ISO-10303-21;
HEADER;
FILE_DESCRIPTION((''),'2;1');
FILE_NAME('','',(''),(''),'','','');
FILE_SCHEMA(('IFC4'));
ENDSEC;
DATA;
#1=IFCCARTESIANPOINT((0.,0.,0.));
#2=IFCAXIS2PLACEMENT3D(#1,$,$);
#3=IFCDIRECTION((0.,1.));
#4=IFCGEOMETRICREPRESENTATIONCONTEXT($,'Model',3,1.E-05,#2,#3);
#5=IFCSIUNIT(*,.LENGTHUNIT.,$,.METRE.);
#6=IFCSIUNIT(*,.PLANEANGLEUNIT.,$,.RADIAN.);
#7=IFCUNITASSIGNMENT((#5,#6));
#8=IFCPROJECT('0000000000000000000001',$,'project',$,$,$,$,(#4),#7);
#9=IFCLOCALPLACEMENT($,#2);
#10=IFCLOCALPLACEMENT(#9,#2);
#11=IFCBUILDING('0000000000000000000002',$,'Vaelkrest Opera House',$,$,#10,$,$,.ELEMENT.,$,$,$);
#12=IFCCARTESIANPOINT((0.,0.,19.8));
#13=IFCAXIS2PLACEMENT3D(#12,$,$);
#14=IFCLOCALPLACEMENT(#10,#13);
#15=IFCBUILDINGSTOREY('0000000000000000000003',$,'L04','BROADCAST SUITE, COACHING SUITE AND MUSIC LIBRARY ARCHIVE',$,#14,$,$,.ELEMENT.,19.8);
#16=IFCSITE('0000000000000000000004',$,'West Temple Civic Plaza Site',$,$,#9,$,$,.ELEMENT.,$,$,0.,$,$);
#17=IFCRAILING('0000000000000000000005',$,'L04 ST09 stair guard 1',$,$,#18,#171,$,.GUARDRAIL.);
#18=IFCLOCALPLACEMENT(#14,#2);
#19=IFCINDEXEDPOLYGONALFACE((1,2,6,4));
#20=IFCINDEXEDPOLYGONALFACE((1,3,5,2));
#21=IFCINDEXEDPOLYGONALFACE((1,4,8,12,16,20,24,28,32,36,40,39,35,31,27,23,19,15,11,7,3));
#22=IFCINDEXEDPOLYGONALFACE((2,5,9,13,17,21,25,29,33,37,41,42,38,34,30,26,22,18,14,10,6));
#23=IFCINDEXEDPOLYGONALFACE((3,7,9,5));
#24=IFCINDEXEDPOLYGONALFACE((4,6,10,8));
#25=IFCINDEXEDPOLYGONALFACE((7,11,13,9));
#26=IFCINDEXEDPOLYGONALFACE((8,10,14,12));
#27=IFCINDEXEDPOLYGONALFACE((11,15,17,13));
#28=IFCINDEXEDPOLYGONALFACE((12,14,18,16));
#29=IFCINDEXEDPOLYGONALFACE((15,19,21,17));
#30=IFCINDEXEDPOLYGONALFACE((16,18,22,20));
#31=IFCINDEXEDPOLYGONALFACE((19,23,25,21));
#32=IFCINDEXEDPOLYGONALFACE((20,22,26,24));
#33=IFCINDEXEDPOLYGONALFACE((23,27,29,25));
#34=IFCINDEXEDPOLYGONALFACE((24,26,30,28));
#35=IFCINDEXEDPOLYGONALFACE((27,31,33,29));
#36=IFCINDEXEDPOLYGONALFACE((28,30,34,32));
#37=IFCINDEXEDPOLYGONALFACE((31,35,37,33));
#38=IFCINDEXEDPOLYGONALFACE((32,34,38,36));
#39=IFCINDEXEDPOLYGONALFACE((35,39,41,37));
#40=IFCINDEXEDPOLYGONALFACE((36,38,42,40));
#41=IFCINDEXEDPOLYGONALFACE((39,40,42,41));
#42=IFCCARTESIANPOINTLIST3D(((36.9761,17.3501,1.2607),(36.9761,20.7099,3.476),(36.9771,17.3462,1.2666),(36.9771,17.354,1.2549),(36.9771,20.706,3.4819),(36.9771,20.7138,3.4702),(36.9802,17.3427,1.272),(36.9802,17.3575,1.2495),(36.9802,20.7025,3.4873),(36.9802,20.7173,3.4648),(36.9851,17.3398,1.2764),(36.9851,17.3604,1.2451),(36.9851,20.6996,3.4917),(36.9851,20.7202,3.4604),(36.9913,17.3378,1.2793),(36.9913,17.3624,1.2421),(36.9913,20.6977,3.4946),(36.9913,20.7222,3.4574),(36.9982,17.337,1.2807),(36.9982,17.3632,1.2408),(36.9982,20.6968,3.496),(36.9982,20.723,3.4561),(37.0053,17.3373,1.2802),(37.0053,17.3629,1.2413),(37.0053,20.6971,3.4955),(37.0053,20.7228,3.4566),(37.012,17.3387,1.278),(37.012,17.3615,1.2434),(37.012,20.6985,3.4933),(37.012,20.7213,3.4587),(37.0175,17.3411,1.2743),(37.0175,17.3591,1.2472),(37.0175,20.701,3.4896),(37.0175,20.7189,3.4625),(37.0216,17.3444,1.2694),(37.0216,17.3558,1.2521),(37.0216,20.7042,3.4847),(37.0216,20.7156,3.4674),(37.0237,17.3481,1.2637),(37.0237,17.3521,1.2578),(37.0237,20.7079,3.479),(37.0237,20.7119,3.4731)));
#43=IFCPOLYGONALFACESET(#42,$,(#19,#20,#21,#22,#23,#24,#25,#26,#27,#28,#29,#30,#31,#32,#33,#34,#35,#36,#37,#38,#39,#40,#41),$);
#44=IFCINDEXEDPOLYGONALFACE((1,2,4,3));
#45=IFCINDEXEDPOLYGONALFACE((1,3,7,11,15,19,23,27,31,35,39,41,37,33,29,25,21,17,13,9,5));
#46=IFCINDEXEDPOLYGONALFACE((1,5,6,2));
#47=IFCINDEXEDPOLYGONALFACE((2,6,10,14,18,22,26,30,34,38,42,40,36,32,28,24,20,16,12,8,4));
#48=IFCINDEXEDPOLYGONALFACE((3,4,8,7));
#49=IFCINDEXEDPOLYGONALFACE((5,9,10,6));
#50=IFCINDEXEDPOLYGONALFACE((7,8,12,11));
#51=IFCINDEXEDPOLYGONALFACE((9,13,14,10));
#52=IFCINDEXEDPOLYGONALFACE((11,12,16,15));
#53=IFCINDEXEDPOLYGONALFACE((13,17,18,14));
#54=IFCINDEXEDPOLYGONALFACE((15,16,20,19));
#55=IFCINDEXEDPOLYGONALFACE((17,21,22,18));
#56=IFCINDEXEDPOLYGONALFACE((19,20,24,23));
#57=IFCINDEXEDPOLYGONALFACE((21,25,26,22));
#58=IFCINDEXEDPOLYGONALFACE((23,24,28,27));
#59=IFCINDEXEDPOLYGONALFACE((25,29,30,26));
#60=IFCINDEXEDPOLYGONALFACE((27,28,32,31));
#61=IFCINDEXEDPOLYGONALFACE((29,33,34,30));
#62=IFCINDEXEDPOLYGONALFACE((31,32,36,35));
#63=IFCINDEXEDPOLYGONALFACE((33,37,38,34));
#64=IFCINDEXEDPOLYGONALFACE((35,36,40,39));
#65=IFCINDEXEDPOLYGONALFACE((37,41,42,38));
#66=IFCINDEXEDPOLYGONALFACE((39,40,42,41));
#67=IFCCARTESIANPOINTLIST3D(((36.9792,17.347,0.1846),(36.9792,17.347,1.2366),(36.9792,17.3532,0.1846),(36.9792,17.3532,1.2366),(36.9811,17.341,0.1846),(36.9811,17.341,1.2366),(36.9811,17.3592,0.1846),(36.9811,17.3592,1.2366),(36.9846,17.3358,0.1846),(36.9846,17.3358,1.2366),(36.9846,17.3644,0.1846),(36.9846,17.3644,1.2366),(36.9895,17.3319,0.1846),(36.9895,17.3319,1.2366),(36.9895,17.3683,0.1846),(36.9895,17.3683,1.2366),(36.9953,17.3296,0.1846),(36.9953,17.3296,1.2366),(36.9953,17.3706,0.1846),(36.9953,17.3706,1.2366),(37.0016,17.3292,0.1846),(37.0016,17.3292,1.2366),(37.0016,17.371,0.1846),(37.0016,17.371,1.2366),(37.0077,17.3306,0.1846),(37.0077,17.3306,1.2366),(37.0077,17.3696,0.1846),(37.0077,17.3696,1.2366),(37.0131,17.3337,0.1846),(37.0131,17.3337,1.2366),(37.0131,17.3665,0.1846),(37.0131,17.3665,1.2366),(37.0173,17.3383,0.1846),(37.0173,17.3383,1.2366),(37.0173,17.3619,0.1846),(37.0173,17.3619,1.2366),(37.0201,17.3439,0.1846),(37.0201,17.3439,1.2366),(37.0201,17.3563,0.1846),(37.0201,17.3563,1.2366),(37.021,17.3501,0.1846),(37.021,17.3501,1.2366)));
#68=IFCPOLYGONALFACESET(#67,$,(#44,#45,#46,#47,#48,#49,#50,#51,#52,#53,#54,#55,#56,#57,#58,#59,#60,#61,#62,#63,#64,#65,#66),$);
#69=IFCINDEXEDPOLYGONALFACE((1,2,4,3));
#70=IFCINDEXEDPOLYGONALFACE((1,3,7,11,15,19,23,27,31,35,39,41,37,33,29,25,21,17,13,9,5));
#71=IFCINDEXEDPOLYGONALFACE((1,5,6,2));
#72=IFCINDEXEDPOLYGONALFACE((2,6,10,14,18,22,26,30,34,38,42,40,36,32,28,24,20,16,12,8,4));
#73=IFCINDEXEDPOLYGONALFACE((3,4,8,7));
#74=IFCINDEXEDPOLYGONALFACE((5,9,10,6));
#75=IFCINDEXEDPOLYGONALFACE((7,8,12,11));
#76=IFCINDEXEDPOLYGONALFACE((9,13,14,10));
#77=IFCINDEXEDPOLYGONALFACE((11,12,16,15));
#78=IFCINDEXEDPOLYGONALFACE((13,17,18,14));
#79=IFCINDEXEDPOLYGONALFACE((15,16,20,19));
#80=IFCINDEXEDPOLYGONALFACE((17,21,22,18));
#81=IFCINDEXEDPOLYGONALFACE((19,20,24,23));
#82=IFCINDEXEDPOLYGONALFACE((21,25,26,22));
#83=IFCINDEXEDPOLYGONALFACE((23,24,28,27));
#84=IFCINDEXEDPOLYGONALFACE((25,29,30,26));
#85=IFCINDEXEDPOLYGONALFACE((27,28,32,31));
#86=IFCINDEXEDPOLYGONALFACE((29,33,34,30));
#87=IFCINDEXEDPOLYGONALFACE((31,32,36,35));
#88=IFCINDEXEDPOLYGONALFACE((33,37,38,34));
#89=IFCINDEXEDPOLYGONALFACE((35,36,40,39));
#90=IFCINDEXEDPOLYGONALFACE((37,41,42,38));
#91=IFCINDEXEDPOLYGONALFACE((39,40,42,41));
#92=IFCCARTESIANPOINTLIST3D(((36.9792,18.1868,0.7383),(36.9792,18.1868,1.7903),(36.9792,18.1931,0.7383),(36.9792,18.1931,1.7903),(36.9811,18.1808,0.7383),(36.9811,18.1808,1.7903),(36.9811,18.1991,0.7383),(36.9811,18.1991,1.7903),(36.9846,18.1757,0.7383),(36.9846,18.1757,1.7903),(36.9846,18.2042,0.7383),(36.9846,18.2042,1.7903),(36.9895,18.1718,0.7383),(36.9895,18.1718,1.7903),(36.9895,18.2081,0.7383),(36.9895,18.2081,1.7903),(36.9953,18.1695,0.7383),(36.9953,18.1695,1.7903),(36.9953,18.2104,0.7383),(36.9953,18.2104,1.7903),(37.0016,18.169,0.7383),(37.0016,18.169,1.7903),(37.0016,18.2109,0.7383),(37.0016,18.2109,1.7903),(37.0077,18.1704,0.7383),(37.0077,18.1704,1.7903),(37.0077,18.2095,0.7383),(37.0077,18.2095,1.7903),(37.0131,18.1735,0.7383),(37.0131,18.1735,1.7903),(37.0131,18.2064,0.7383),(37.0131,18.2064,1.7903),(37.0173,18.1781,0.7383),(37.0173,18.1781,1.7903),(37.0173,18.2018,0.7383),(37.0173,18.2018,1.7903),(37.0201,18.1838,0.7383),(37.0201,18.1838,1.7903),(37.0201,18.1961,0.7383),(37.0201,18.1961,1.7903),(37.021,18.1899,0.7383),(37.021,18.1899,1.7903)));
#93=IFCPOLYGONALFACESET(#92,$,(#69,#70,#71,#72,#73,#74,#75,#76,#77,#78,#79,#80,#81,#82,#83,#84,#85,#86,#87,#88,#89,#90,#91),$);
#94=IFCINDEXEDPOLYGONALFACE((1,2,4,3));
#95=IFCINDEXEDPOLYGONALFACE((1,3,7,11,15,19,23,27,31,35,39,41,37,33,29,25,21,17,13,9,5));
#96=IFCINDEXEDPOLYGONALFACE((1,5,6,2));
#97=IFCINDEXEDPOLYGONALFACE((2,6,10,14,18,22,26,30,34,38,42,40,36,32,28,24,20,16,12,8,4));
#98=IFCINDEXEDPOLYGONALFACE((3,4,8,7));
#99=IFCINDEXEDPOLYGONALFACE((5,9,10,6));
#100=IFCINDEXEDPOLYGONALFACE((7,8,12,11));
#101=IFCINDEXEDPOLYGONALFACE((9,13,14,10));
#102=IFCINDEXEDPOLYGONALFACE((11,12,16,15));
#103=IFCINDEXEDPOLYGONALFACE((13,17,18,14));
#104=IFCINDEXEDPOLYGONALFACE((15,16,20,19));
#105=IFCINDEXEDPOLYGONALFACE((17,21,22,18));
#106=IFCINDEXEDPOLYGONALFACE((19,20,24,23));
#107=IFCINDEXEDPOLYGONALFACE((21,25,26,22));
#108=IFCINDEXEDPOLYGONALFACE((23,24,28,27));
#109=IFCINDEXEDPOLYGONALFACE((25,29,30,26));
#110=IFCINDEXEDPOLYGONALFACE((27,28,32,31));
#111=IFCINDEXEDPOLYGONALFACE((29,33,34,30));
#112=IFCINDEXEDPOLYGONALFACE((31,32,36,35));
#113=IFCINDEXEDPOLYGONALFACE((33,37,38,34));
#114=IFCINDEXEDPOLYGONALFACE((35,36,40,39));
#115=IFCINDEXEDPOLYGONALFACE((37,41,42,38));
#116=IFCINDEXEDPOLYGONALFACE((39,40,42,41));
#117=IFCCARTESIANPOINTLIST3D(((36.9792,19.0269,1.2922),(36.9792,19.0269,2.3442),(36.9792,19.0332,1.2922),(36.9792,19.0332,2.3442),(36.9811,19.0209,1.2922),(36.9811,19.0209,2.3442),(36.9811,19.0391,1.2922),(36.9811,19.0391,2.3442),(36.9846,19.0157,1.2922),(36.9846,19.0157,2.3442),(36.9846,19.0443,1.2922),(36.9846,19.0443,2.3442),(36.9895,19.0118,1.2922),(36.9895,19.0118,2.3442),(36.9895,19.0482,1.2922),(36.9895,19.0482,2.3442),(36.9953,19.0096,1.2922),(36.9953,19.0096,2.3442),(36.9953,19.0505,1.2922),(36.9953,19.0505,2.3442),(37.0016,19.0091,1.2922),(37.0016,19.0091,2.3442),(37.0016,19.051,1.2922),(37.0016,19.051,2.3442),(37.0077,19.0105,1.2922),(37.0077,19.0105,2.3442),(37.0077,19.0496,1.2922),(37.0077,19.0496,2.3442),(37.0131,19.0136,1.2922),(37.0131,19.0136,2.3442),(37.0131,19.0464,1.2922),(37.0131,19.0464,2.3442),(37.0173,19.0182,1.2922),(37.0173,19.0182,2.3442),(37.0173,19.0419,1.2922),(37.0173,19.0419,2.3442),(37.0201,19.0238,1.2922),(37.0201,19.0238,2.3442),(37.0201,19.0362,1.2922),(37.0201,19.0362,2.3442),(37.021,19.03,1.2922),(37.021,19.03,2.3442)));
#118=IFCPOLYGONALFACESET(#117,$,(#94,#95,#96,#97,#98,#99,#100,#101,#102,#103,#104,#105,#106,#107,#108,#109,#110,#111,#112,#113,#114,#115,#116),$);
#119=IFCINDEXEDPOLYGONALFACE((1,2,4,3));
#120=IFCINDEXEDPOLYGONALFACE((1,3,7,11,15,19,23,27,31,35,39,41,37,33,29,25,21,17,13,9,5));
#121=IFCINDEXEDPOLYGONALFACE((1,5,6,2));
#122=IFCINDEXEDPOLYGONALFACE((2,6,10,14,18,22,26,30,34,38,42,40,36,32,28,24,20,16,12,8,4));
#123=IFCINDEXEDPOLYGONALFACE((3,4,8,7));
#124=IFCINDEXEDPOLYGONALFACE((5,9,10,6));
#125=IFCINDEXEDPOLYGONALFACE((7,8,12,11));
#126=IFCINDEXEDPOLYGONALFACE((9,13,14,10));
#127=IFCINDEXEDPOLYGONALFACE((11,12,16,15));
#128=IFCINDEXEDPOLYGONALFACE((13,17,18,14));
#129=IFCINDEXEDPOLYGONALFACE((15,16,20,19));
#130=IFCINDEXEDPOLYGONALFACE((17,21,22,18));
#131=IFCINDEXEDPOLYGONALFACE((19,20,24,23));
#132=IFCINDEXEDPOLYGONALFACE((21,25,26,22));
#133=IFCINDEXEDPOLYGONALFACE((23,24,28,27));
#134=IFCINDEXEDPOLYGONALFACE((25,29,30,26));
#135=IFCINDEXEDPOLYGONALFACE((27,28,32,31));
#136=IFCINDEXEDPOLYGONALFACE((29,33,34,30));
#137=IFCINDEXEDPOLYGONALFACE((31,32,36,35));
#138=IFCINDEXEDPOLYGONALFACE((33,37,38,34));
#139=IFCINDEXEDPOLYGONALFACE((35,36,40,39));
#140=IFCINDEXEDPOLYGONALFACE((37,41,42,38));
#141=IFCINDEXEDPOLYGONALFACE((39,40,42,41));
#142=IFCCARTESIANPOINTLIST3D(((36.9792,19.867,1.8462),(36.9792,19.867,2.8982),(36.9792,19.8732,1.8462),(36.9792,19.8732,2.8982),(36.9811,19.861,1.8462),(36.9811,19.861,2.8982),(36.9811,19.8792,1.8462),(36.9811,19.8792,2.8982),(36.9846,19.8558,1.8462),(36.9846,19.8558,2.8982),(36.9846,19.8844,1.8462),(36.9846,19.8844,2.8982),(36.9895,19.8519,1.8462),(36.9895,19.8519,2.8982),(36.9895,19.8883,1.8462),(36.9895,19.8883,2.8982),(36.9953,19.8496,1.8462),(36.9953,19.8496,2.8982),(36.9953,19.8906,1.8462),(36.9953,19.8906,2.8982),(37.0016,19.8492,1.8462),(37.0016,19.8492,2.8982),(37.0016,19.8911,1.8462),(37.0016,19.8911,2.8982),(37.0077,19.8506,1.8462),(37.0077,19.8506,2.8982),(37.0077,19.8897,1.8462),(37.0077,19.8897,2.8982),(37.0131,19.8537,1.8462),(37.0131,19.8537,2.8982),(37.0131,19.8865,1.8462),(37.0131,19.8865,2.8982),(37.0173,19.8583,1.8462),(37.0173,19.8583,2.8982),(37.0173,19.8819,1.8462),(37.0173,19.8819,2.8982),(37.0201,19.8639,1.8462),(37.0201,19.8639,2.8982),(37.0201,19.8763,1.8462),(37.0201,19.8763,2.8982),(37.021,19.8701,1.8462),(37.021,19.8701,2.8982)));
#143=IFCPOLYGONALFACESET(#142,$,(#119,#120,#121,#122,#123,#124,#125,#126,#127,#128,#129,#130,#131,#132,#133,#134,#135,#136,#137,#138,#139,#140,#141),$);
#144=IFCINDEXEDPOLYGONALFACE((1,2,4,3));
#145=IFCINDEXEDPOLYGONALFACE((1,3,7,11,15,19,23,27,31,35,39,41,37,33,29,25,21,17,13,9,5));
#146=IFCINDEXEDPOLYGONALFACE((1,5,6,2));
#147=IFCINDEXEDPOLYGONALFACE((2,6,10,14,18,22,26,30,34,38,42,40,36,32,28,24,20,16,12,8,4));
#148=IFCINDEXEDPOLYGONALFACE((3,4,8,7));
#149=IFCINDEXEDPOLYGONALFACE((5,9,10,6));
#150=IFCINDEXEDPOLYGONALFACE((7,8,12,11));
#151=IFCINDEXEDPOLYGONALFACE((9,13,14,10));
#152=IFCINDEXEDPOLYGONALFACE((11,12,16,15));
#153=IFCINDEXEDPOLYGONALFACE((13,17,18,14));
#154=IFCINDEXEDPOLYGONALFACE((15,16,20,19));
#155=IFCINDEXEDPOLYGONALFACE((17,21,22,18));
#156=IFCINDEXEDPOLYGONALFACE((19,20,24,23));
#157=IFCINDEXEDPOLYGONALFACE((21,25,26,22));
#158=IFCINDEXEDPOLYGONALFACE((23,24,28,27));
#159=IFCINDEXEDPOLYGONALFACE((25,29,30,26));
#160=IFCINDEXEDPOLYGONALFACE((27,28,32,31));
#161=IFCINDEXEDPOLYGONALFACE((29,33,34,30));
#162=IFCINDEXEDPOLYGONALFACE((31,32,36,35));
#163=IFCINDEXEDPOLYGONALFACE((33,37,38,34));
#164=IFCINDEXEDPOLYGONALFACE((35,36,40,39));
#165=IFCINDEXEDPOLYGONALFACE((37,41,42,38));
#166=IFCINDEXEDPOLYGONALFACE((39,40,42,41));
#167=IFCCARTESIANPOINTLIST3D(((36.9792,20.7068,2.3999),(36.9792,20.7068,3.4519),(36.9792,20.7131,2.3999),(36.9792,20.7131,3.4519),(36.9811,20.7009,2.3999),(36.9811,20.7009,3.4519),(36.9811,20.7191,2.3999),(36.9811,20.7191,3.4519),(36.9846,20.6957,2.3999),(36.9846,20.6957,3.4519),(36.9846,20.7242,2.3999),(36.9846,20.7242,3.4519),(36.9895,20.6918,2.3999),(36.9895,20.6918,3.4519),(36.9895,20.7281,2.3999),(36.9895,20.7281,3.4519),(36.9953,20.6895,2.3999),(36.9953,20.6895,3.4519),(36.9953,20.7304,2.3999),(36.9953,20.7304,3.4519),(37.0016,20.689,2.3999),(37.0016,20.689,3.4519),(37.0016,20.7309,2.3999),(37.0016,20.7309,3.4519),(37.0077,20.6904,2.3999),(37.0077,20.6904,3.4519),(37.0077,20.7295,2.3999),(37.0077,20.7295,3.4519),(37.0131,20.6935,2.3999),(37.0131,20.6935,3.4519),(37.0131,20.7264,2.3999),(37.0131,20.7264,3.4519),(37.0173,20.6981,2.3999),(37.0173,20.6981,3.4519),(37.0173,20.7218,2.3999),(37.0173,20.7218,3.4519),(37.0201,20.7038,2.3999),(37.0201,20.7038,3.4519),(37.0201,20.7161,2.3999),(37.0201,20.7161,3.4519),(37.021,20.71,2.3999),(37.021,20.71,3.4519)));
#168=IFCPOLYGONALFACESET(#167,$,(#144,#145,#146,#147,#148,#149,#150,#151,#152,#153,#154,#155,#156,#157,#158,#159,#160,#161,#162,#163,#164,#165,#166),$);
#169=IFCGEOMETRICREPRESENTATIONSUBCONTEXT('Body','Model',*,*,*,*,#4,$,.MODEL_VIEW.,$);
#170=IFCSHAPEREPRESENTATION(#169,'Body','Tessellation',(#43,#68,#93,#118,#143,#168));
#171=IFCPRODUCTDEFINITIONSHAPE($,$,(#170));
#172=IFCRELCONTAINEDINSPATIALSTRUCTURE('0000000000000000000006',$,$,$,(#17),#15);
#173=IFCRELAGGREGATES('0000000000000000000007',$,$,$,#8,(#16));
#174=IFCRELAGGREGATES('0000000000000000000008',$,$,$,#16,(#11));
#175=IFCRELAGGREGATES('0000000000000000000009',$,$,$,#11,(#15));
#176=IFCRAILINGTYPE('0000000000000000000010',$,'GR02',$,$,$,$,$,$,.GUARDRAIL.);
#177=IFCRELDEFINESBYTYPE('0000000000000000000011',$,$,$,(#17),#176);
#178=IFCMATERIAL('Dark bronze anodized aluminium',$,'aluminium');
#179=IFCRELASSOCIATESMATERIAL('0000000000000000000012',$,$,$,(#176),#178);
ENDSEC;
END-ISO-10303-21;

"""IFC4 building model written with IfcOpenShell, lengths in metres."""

from ifc_helpers import new_model, si_unit, direction, frame, origin, origin_2d, place, context, subcontext, project, spatial, circle, extrude, material, type_object, element, save


model = new_model("IFC4")

# Units and contexts
model_context = context("Model", 3, precision=1e-05, world=origin(), true_north=direction((0.0, 1.0)))
body_context = subcontext(model_context, "Body", "Model", "MODEL_VIEW")
ifc_project = project(units=[si_unit("LENGTHUNIT", "METRE"), si_unit("PLANEANGLEUNIT", "RADIAN")], contexts=[model_context])

# Site, building, storey
site_placement = place(None, origin())
site = spatial("IfcSite", under=ifc_project, at=site_placement, Name="West Temple Civic Plaza Site", CompositionType="ELEMENT", RefElevation=0.0)
building_placement = place(site_placement, origin())
building = spatial("IfcBuilding", under=site, at=building_placement, Name="Vaelkrest Opera House", CompositionType="ELEMENT")
storey_placement = place(building_placement, frame((0.0, 0.0, 19.8)))
storey = spatial("IfcBuildingStorey", under=building, at=storey_placement, Name="L04", Description="BROADCAST SUITE, COACHING SUITE AND MUSIC LIBRARY ARCHIVE", CompositionType="ELEMENT", Elevation=19.8)

# Railing
ifc_material_1 = material(Name="Dark bronze anodized aluminium", Category="aluminium")
railing_type_1 = type_object("IfcRailingType", Name="GR02", PredefinedType="GUARDRAIL", material=ifc_material_1)
railing_1_placement = place(storey_placement, frame((37.0, 17.3501, 0.1846)))
element("IfcRailing", 1, at=railing_1_placement, inside=storey, type_object=railing_type_1, Name="L04 ST09 stair guard 1", PredefinedType="GUARDRAIL", context=body_context, shape_type="SweptSolid", body=[
    extrude(circle(Radius=0.0239, at=origin_2d()), frame((0.0, 0.0, 1.0762), z_axis=(0.0, 0.834858, 0.550465), x_axis=(-1.0, 0.0, 0.0)), (0.0, 0.0, 1.0), 4.0244),
    extrude(circle(Radius=0.021, at=origin_2d()), origin(), (0.0, 0.0, 1.0), 1.052),
    extrude(circle(Radius=0.021, at=origin_2d()), frame((0.0, 0.8398, 0.5537)), (0.0, 0.0, 1.0), 1.052),
    extrude(circle(Radius=0.021, at=origin_2d()), frame((0.0, 1.6799, 1.1077)), (0.0, 0.0, 1.0), 1.052),
    extrude(circle(Radius=0.021, at=origin_2d()), frame((0.0, 2.52, 1.6616)), (0.0, 0.0, 1.0), 1.052),
    extrude(circle(Radius=0.021, at=origin_2d()), frame((0.0, 3.3599, 2.2153)), (0.0, 0.0, 1.0), 1.052),
])

save(model, "model.ifc")
